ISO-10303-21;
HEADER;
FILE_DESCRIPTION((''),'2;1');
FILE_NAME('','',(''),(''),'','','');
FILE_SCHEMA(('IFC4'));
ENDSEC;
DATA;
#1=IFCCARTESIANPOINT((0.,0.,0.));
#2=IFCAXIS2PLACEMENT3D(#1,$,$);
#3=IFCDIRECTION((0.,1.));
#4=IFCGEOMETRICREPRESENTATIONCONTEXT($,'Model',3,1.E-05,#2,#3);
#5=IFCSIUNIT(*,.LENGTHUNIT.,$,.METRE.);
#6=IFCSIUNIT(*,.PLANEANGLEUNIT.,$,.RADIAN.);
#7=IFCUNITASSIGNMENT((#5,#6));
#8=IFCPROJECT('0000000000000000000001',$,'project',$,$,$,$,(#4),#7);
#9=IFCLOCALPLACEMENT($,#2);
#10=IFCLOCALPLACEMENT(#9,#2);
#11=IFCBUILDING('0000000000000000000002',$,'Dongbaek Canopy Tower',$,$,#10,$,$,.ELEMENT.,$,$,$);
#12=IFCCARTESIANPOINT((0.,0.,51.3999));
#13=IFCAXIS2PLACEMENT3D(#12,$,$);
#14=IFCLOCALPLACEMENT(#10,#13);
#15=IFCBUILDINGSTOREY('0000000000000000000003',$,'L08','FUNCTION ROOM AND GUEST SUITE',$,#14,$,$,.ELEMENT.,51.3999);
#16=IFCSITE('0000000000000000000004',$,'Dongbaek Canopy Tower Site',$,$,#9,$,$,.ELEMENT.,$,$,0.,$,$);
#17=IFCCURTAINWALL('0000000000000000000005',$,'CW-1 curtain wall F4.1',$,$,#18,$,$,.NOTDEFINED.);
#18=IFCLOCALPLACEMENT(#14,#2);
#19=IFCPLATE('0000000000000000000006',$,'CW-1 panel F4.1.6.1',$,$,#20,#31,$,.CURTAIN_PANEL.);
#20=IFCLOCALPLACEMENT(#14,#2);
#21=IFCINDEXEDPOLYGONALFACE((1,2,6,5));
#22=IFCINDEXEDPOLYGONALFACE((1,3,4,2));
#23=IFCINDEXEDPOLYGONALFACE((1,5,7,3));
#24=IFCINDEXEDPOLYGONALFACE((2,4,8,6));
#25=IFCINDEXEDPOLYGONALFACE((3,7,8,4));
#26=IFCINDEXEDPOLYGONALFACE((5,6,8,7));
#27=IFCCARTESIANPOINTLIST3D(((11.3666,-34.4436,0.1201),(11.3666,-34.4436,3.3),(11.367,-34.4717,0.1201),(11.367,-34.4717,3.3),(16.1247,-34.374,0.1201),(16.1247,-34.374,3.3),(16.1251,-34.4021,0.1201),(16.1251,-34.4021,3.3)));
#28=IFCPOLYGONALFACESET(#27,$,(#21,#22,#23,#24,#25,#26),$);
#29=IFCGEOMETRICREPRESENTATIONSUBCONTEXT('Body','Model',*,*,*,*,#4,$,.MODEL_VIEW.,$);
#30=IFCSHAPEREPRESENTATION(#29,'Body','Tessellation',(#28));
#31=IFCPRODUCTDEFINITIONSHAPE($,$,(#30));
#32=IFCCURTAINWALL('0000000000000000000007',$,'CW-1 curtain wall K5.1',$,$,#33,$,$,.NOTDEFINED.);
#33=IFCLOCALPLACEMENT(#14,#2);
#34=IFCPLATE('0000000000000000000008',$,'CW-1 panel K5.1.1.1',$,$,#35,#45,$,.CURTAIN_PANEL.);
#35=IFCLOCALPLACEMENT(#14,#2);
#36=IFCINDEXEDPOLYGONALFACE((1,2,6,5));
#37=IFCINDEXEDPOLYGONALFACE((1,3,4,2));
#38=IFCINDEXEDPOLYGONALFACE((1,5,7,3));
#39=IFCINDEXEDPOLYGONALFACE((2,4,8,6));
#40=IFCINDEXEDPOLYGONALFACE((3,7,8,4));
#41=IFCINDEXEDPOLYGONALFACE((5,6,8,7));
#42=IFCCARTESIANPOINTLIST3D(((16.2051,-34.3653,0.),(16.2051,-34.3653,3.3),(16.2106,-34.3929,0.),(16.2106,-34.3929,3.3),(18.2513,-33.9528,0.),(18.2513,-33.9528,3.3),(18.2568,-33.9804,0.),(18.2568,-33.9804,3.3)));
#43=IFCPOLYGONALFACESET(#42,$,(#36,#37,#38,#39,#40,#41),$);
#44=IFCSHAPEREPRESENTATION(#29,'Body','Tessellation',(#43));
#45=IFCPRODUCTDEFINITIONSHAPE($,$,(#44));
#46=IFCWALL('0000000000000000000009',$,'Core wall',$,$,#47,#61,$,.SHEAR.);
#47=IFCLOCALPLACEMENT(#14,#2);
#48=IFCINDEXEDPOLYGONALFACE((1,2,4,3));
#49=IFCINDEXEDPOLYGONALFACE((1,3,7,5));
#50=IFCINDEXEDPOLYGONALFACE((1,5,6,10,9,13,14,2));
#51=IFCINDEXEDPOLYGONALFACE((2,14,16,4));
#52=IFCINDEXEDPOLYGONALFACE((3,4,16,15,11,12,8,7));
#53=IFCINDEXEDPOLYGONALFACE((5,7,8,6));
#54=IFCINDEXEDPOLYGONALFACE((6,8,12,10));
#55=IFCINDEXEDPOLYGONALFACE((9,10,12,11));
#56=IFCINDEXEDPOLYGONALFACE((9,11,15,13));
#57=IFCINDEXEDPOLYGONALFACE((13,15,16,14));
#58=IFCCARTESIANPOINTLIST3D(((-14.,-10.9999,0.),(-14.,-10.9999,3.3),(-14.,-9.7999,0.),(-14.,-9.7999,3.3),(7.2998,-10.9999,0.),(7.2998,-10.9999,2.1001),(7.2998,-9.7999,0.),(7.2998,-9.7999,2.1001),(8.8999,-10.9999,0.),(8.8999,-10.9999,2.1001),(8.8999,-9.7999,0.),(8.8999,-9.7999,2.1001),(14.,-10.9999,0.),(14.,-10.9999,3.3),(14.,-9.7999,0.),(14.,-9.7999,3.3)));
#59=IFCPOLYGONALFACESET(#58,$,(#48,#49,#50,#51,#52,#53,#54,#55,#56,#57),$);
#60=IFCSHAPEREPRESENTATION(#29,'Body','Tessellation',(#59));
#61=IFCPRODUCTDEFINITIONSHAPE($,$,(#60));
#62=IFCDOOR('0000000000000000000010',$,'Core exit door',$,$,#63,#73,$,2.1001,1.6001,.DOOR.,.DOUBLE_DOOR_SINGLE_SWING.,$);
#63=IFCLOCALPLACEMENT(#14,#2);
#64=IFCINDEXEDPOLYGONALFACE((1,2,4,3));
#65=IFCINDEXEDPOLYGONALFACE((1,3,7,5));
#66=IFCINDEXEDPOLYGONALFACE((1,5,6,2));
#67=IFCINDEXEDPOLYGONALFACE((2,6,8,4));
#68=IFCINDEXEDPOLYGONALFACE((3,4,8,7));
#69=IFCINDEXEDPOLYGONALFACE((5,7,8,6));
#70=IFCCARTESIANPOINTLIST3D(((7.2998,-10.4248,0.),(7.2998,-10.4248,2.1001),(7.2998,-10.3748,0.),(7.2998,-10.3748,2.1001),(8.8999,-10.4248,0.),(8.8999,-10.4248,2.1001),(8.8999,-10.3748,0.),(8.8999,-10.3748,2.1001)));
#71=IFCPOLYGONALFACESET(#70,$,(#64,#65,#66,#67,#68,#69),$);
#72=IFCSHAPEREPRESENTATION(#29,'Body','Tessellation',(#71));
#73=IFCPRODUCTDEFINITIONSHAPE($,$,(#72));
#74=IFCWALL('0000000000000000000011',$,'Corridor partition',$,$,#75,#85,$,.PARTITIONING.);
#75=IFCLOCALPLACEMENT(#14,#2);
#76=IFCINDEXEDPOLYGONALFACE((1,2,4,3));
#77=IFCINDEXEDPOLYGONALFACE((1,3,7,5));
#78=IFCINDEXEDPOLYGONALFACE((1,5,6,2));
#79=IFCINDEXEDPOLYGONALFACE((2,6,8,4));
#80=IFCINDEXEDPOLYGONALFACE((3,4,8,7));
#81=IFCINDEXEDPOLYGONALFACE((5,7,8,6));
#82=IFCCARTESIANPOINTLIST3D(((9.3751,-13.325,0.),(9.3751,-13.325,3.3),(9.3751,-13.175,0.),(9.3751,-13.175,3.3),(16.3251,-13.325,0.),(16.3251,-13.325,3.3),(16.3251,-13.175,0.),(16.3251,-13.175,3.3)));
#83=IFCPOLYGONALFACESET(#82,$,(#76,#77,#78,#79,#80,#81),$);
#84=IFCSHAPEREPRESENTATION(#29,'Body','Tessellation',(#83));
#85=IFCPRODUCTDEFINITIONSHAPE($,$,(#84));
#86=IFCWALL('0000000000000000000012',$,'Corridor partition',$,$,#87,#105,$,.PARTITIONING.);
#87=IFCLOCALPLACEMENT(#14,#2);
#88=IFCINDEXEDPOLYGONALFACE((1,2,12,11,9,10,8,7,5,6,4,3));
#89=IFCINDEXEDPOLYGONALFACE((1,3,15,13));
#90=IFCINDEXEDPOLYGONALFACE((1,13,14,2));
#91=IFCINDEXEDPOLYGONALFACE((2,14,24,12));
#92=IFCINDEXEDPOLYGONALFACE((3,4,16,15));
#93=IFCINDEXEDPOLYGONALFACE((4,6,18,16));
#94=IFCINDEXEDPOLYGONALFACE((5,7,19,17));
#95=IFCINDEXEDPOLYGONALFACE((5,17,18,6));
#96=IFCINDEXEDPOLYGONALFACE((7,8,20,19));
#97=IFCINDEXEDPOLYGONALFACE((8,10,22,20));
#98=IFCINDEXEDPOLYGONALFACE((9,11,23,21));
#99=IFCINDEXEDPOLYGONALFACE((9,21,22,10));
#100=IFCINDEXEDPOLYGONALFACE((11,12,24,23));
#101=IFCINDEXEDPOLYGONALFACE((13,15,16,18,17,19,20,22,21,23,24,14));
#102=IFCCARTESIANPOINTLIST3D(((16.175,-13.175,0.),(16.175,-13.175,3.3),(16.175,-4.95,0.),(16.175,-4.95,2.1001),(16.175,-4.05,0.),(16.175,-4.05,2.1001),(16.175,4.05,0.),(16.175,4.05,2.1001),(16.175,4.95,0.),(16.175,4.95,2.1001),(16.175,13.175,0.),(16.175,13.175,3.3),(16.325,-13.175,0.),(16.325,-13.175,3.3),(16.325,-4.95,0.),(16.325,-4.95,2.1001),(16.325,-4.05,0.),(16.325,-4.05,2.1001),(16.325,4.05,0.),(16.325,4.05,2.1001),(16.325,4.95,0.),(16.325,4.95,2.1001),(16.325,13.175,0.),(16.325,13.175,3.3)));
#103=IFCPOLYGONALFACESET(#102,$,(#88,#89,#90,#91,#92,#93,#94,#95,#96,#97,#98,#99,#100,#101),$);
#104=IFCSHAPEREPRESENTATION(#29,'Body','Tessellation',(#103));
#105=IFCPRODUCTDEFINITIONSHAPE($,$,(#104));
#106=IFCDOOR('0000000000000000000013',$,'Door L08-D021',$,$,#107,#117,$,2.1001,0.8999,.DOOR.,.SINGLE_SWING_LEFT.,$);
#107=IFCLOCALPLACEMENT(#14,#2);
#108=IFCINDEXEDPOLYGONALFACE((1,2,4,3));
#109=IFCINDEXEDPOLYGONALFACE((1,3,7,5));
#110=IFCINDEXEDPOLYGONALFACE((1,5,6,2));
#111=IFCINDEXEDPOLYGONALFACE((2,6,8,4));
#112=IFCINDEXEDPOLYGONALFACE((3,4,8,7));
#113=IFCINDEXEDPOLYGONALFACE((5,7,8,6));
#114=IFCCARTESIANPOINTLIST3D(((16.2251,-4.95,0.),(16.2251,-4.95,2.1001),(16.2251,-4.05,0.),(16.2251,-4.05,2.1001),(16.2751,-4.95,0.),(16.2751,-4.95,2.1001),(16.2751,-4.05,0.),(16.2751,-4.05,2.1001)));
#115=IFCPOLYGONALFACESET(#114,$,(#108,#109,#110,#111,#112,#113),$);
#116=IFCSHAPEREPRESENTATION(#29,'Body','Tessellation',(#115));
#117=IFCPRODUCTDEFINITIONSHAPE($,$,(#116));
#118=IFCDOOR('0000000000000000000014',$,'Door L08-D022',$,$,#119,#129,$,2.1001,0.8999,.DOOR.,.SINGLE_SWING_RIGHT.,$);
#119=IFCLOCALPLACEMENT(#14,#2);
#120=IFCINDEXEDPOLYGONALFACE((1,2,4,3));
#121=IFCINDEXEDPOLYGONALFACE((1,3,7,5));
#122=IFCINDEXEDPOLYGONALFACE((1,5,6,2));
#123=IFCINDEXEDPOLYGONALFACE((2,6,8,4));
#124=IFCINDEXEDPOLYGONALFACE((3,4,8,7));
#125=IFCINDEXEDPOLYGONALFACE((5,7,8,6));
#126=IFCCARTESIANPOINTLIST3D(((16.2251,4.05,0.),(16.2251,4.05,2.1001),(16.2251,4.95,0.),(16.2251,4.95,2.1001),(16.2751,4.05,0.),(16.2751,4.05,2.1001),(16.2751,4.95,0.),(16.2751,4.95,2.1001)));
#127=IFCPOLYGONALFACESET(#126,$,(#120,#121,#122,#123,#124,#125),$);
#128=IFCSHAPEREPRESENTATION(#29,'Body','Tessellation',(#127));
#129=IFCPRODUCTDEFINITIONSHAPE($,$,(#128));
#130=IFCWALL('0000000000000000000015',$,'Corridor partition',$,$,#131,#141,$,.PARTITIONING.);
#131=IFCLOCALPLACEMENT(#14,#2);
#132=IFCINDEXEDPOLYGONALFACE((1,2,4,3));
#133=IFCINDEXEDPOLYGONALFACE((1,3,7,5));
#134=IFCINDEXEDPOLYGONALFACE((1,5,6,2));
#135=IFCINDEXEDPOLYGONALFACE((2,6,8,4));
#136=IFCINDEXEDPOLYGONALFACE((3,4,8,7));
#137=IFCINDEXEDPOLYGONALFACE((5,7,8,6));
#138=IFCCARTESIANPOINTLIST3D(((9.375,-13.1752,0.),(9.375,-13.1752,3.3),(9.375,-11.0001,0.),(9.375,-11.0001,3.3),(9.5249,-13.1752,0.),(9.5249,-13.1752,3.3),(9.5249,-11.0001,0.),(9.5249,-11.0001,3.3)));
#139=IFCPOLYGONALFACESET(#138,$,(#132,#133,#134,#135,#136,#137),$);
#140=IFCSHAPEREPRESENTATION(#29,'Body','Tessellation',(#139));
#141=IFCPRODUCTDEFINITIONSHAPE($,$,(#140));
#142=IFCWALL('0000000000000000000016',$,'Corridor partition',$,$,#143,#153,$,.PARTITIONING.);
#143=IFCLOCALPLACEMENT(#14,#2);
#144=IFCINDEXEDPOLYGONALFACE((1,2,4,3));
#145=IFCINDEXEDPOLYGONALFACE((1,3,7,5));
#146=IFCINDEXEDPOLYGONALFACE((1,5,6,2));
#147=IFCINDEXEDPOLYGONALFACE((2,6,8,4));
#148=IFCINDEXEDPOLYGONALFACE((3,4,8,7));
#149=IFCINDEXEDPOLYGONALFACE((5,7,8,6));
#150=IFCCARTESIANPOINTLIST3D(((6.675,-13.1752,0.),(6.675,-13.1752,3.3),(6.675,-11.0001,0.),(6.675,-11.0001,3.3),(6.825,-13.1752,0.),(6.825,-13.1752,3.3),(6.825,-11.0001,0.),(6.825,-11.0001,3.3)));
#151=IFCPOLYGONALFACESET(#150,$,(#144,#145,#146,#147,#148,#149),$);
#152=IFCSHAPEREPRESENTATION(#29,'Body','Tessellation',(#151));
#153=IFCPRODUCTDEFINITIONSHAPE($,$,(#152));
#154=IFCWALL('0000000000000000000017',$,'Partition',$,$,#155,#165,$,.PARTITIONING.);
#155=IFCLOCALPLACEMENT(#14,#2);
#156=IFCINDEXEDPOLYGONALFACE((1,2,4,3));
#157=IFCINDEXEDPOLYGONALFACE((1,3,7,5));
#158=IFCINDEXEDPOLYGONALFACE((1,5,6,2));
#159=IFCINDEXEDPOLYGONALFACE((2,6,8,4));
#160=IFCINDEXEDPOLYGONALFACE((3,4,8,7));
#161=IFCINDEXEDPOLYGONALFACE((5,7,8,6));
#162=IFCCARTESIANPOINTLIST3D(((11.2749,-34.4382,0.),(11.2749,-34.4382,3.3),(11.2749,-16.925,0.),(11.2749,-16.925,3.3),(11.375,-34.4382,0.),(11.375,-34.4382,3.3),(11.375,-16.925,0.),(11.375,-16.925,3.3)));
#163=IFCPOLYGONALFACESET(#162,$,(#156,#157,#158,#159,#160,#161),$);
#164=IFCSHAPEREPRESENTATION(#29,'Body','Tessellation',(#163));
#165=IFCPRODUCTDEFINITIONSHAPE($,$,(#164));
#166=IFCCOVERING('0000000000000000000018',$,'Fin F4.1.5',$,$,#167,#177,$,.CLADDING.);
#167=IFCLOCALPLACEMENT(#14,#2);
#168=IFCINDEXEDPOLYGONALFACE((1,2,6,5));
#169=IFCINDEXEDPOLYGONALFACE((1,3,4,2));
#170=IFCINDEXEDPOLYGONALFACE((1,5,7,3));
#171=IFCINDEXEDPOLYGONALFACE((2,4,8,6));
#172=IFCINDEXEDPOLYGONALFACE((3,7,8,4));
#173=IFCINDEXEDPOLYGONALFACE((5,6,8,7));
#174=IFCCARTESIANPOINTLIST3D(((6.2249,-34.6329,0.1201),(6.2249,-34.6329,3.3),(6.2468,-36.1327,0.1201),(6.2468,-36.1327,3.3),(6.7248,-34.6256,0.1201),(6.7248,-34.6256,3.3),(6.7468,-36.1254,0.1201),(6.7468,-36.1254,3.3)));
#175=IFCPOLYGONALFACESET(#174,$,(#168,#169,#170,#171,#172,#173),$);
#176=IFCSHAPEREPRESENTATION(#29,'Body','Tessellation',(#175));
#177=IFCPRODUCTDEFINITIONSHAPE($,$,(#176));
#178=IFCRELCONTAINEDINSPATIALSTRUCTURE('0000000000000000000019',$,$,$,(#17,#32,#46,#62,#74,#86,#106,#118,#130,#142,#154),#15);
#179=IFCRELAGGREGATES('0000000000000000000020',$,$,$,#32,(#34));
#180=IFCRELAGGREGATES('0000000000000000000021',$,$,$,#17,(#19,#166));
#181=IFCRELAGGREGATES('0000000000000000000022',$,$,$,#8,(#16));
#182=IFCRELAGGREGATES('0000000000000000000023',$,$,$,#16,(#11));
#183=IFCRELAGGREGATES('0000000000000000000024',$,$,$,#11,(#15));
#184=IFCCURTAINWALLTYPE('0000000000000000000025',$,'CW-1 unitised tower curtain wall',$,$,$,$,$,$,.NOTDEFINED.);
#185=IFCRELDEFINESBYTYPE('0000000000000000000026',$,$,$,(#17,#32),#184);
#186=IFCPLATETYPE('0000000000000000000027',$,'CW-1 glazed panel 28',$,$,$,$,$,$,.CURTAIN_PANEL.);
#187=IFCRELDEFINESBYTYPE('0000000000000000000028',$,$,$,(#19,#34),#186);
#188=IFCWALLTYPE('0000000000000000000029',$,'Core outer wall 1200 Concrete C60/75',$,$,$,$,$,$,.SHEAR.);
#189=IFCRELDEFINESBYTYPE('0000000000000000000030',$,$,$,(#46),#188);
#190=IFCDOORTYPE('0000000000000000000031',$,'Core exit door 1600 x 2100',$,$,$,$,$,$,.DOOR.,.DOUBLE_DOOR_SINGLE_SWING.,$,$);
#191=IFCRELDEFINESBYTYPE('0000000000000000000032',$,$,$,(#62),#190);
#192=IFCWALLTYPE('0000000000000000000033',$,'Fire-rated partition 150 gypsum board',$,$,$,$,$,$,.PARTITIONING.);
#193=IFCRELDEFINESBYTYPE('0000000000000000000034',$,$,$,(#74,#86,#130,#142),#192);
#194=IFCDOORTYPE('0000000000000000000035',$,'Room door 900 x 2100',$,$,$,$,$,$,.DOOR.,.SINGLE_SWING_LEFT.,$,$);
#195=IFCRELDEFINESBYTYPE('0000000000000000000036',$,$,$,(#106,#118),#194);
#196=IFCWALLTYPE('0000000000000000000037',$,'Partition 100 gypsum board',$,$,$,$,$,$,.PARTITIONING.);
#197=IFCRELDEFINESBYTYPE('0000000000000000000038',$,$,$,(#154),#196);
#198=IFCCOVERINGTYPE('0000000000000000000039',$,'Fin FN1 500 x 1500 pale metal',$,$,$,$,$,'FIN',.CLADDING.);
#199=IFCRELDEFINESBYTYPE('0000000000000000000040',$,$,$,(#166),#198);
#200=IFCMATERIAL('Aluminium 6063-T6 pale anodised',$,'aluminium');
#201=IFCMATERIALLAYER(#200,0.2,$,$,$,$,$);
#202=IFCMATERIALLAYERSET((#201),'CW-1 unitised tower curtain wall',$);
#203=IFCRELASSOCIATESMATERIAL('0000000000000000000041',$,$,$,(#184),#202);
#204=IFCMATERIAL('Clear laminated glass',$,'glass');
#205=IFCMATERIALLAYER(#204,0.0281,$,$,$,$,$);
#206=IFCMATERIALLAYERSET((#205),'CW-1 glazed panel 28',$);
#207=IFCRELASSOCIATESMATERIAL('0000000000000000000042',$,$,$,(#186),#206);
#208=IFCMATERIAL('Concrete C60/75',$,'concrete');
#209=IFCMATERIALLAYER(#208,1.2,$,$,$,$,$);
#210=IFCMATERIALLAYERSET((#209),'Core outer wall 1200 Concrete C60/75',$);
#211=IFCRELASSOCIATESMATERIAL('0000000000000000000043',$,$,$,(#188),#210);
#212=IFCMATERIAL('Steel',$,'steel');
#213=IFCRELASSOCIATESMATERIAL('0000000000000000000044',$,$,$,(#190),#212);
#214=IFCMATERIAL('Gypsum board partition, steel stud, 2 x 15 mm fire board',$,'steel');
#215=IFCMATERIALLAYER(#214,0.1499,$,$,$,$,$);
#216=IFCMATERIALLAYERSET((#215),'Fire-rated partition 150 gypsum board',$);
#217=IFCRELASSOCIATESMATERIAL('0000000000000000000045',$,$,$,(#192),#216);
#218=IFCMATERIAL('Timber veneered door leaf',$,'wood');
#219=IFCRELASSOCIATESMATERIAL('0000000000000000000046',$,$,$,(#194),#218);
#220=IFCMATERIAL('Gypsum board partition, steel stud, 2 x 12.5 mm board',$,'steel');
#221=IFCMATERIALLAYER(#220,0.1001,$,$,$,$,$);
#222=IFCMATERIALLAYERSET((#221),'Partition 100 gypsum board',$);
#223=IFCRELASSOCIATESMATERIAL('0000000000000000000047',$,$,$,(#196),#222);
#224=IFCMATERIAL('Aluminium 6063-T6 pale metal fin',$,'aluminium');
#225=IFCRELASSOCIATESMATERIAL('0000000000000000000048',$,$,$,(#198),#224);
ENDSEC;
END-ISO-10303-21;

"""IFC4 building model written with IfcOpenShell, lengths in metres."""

from ifc_helpers import new_model, si_unit, direction, frame, frame_2d, origin, origin_2d, place, context, subcontext, project, spatial, rectangle, extrude, material, layer, layer_set, material_profile, profile_set, type_object, element, fill, aggregate, save


model = new_model("IFC4")

# Units and contexts
model_context = context("Model", 3, precision=1e-05, world=origin(), true_north=direction((0.0, 1.0)))
body_context = subcontext(model_context, "Body", "Model", "MODEL_VIEW")
ifc_project = project(units=[si_unit("LENGTHUNIT", "METRE"), si_unit("PLANEANGLEUNIT", "RADIAN")], contexts=[model_context])

# Site, building, storey
site_placement = place(None, origin())
site = spatial("IfcSite", under=ifc_project, at=site_placement, Name="Dongbaek Canopy Tower Site", CompositionType="ELEMENT", RefElevation=0.0)
building_placement = place(site_placement, origin())
building = spatial("IfcBuilding", under=site, at=building_placement, Name="Dongbaek Canopy Tower", CompositionType="ELEMENT")
storey_placement = place(building_placement, frame((0.0, 0.0, 51.3999)))
storey = spatial("IfcBuildingStorey", under=building, at=storey_placement, Name="L08", Description="FUNCTION ROOM AND GUEST SUITE", CompositionType="ELEMENT", Elevation=51.3999)

# Curtain wall
ifc_material_1 = material(Name="Aluminium 6063-T6 pale anodised", Category="aluminium")
ifc_layer_1 = layer(ifc_material_1, 0.2)
ifc_layer_set_1 = layer_set([ifc_layer_1], Name="CW-1 unitised tower curtain wall")
curtain_wall_type = type_object("IfcCurtainWallType", Name="CW-1 unitised tower curtain wall", PredefinedType="NOTDEFINED", material=ifc_layer_set_1)
curtain_wall_1_placement = place(storey_placement, origin())
curtain_wall_1 = element("IfcCurtainWall", 1, at=curtain_wall_1_placement, inside=storey, type_object=curtain_wall_type, Name="CW-1 curtain wall F4.1", PredefinedType="NOTDEFINED")

# Plate
ifc_material_2 = material(Name="Clear laminated glass", Category="glass")
ifc_layer_2 = layer(ifc_material_2, 0.0281)
ifc_layer_set_2 = layer_set([ifc_layer_2], Name="CW-1 glazed panel 28")
plate_type = type_object("IfcPlateType", Name="CW-1 glazed panel 28", PredefinedType="CURTAIN_PANEL", material=ifc_layer_set_2)
plate_1_placement = place(storey_placement, frame((13.7458, -34.4229, 0.1201), z_axis=(0.0, 0.0, 1.0), x_axis=(0.999893, 0.014619, 0.0)))
plate_1 = element("IfcPlate", 2, at=plate_1_placement, type_object=plate_type, Name="CW-1 panel F4.1.6.1", PredefinedType="CURTAIN_PANEL", context=body_context, shape_type="SweptSolid", body=[
    extrude(rectangle(XDim=4.7585, YDim=0.0281, at=origin_2d()), origin(), (0.0, 0.0, 1.0), 3.1799),
])

# Curtain wall, plate
curtain_wall_2_placement = place(storey_placement, origin())
curtain_wall_2 = element("IfcCurtainWall", 3, at=curtain_wall_2_placement, inside=storey, type_object=curtain_wall_type, Name="CW-1 curtain wall K5.1", PredefinedType="NOTDEFINED")
plate_2_placement = place(storey_placement, frame((17.231, -34.1729, 0.0), z_axis=(0.0, 0.0, 1.0), x_axis=(0.980279, 0.197621, 0.0)))
plate_2 = element("IfcPlate", 4, at=plate_2_placement, type_object=plate_type, Name="CW-1 panel K5.1.1.1", PredefinedType="CURTAIN_PANEL", context=body_context, shape_type="SweptSolid", body=[
    extrude(rectangle(XDim=2.0874, YDim=0.0281, at=origin_2d()), origin(), (0.0, 0.0, 1.0), 3.3),
])
aggregate(curtain_wall_2, [plate_2])

# Wall, opening, door
ifc_material_3 = material(Name="Concrete C60/75", Category="concrete")
ifc_layer_3 = layer(ifc_material_3, 1.2)
ifc_layer_set_3 = layer_set([ifc_layer_3], Name="Core outer wall 1200 Concrete C60/75")
wall_type_1 = type_object("IfcWallType", Name="Core outer wall 1200 Concrete C60/75", PredefinedType="SHEAR", material=ifc_layer_set_3)
wall_1_placement = place(storey_placement, frame((14.0, -10.3999, 0.0), z_axis=(0.0, 0.0, 1.0), x_axis=(-1.0, 0.0, 0.0)))
wall_1 = element("IfcWall", 5, at=wall_1_placement, inside=storey, type_object=wall_type_1, Name="Core wall", PredefinedType="SHEAR", context=body_context, shape_type="SweptSolid", body=[
    extrude(rectangle(XDim=28.0, YDim=1.2, at=frame_2d((14.0, 0.0))), origin(), (0.0, 0.0, 1.0), 3.3),
])
opening_1_placement = place(wall_1_placement, frame((5.1001, 0.0, 0.0)))
opening_1 = element("IfcOpeningElement", 6, at=opening_1_placement, cuts=wall_1, PredefinedType="OPENING", context=body_context, shape_type="SweptSolid", body=[
    extrude(rectangle(XDim=1.6001, YDim=2.1001, at=frame_2d((0.8, 1.05))), frame((0.0, 0.6099, 0.0), z_axis=(0.0, -1.0, 0.0), x_axis=(1.0, 0.0, 0.0)), (0.0, 0.0, 1.0), 1.22),
])
ifc_material_4 = material(Name="Steel", Category="steel")
door_type_1 = type_object("IfcDoorType", Name="Core exit door 1600 x 2100", OperationType="DOUBLE_DOOR_SINGLE_SWING", PredefinedType="DOOR", material=ifc_material_4)
door_1_placement = place(opening_1_placement, origin())
door_1 = element("IfcDoor", 7, at=door_1_placement, inside=storey, type_object=door_type_1, Name="Core exit door", OperationType="DOUBLE_DOOR_SINGLE_SWING", OverallHeight=2.1001, OverallWidth=1.6001, PredefinedType="DOOR", context=body_context, shape_type="SweptSolid", body=[
    extrude(rectangle(XDim=1.6001, YDim=2.1001, at=frame_2d((0.8, 1.05))), frame((0.0, 0.0249, 0.0), z_axis=(0.0, -1.0, 0.0), x_axis=(1.0, 0.0, 0.0)), (0.0, 0.0, 1.0), 0.05),
])
fill(opening_1, door_1)

# Wall
ifc_material_5 = material(Name="Gypsum board partition, steel stud, 2 x 15 mm fire board", Category="steel")
ifc_layer_4 = layer(ifc_material_5, 0.1499)
ifc_layer_set_4 = layer_set([ifc_layer_4], Name="Fire-rated partition 150 gypsum board")
wall_type_2 = type_object("IfcWallType", Name="Fire-rated partition 150 gypsum board", PredefinedType="PARTITIONING", material=ifc_layer_set_4)
wall_2_placement = place(storey_placement, frame((9.375, -13.25, 0.0), z_axis=(0.0, 0.0, 1.0), x_axis=(1.0, 0.0, 0.0)))
element("IfcWall", 8, at=wall_2_placement, inside=storey, type_object=wall_type_2, Name="Corridor partition", PredefinedType="PARTITIONING", context=body_context, shape_type="SweptSolid", body=[
    extrude(rectangle(XDim=6.95, YDim=0.1499, at=frame_2d((3.4751, 0.0))), origin(), (0.0, 0.0, 1.0), 3.3),
])

# Wall, openings, doors
wall_3_placement = place(storey_placement, frame((16.25, -13.175, 0.0), z_axis=(0.0, 0.0, 1.0), x_axis=(0.0, 1.0, 0.0)))
wall_3 = element("IfcWall", 9, at=wall_3_placement, inside=storey, type_object=wall_type_2, Name="Corridor partition", PredefinedType="PARTITIONING", context=body_context, shape_type="SweptSolid", body=[
    extrude(rectangle(XDim=26.3501, YDim=0.1499, at=frame_2d((13.175, 0.0))), origin(), (0.0, 0.0, 1.0), 3.3),
])
opening_2_placement = place(wall_3_placement, frame((8.2251, 0.0, 0.0)))
opening_2 = element("IfcOpeningElement", 10, at=opening_2_placement, cuts=wall_3, PredefinedType="OPENING", context=body_context, shape_type="SweptSolid", body=[
    extrude(rectangle(XDim=0.8999, YDim=2.1001, at=frame_2d((0.45, 1.05))), frame((0.0, 0.085, 0.0), z_axis=(0.0, -1.0, 0.0), x_axis=(1.0, 0.0, 0.0)), (0.0, 0.0, 1.0), 0.1699),
])
opening_3_placement = place(wall_3_placement, frame((17.2251, 0.0, 0.0)))
opening_3 = element("IfcOpeningElement", 11, at=opening_3_placement, cuts=wall_3, PredefinedType="OPENING", context=body_context, shape_type="SweptSolid", body=[
    extrude(rectangle(XDim=0.8999, YDim=2.1001, at=frame_2d((0.45, 1.05))), frame((0.0, 0.085, 0.0), z_axis=(0.0, -1.0, 0.0), x_axis=(1.0, 0.0, 0.0)), (0.0, 0.0, 1.0), 0.1699),
])
ifc_material_6 = material(Name="Timber veneered door leaf", Category="wood")
door_type_2 = type_object("IfcDoorType", Name="Room door 900 x 2100", OperationType="SINGLE_SWING_LEFT", PredefinedType="DOOR", material=ifc_material_6)
door_2_placement = place(opening_2_placement, origin())
door_2 = element("IfcDoor", 12, at=door_2_placement, inside=storey, type_object=door_type_2, Name="Door L08-D021", OperationType="SINGLE_SWING_LEFT", OverallHeight=2.1001, OverallWidth=0.8999, PredefinedType="DOOR", context=body_context, shape_type="SweptSolid", body=[
    extrude(rectangle(XDim=0.8999, YDim=2.1001, at=frame_2d((0.45, 1.05))), frame((0.0, 0.0249, 0.0), z_axis=(0.0, -1.0, 0.0), x_axis=(1.0, 0.0, 0.0)), (0.0, 0.0, 1.0), 0.05),
])
fill(opening_2, door_2)
door_3_placement = place(opening_3_placement, origin())
door_3 = element("IfcDoor", 13, at=door_3_placement, inside=storey, type_object=door_type_2, Name="Door L08-D022", OperationType="SINGLE_SWING_RIGHT", OverallHeight=2.1001, OverallWidth=0.8999, PredefinedType="DOOR", context=body_context, shape_type="SweptSolid", body=[
    extrude(rectangle(XDim=0.8999, YDim=2.1001, at=frame_2d((0.45, 1.05))), frame((0.0, 0.0249, 0.0), z_axis=(0.0, -1.0, 0.0), x_axis=(1.0, 0.0, 0.0)), (0.0, 0.0, 1.0), 0.05),
])
fill(opening_3, door_3)

# Walls
for number, where, z_axis, x_axis, name in (
    (14, (9.45, -13.175, 0.0), (0.0, 0.0, 1.0), (0.0, 1.0, 0.0), "Corridor partition"),
    (15, (6.75, -13.175, 0.0), (0.0, 0.0, 1.0), (0.0, 1.0, 0.0), "Corridor partition"),
):
    element("IfcWall", number, at=place(storey_placement, frame(where, z_axis=z_axis, x_axis=x_axis)), inside=storey, type_object=wall_type_2, Name=name, PredefinedType="PARTITIONING", context=body_context, shape_type="SweptSolid", body=[
        extrude(rectangle(XDim=2.175, YDim=0.1499, at=frame_2d((1.0874, 0.0))), origin(), (0.0, 0.0, 1.0), 3.3),
    ])
ifc_material_7 = material(Name="Gypsum board partition, steel stud, 2 x 12.5 mm board", Category="steel")
ifc_layer_5 = layer(ifc_material_7, 0.1001)
ifc_layer_set_5 = layer_set([ifc_layer_5], Name="Partition 100 gypsum board")
wall_type_3 = type_object("IfcWallType", Name="Partition 100 gypsum board", PredefinedType="PARTITIONING", material=ifc_layer_set_5)
wall_4_placement = place(storey_placement, frame((11.325, -34.4382, 0.0), z_axis=(0.0, 0.0, 1.0), x_axis=(0.0, 1.0, 0.0)))
element("IfcWall", 16, at=wall_4_placement, inside=storey, type_object=wall_type_3, Name="Partition", PredefinedType="PARTITIONING", context=body_context, shape_type="SweptSolid", body=[
    extrude(rectangle(XDim=17.5132, YDim=0.1001, at=frame_2d((8.7566, 0.0))), origin(), (0.0, 0.0, 1.0), 3.3),
])

# Covering
ifc_material_8 = material(Name="Aluminium 6063-T6 pale metal fin", Category="aluminium")
ifc_material_profile_1 = material_profile(ifc_material_8, rectangle(XDim=1.5, YDim=0.5, at=origin_2d()), Name="Fin FN1 500 x 1500 pale metal")
ifc_profile_set_1 = profile_set([ifc_material_profile_1], Name="Aluminium 6063-T6 pale metal fin")
covering_type = type_object("IfcCoveringType", Name="Fin FN1 500 x 1500 pale metal", ElementType="FIN", PredefinedType="CLADDING", material=ifc_profile_set_1)
covering_1_placement = place(storey_placement, frame((6.4858, -35.3792, 0.1201), z_axis=(0.0, 0.0, 1.0), x_axis=(0.014619, -0.999893, 0.0)))
covering_1 = element("IfcCovering", 17, at=covering_1_placement, type_object=covering_type, Name="Fin F4.1.5", PredefinedType="CLADDING", context=body_context, shape_type="SweptSolid", body=[
    extrude(rectangle(XDim=1.5, YDim=0.5, at=origin_2d()), origin(), (0.0, 0.0, 1.0), 3.1799),
])
aggregate(curtain_wall_1, [plate_1, covering_1])

save(model, "model.ifc")
